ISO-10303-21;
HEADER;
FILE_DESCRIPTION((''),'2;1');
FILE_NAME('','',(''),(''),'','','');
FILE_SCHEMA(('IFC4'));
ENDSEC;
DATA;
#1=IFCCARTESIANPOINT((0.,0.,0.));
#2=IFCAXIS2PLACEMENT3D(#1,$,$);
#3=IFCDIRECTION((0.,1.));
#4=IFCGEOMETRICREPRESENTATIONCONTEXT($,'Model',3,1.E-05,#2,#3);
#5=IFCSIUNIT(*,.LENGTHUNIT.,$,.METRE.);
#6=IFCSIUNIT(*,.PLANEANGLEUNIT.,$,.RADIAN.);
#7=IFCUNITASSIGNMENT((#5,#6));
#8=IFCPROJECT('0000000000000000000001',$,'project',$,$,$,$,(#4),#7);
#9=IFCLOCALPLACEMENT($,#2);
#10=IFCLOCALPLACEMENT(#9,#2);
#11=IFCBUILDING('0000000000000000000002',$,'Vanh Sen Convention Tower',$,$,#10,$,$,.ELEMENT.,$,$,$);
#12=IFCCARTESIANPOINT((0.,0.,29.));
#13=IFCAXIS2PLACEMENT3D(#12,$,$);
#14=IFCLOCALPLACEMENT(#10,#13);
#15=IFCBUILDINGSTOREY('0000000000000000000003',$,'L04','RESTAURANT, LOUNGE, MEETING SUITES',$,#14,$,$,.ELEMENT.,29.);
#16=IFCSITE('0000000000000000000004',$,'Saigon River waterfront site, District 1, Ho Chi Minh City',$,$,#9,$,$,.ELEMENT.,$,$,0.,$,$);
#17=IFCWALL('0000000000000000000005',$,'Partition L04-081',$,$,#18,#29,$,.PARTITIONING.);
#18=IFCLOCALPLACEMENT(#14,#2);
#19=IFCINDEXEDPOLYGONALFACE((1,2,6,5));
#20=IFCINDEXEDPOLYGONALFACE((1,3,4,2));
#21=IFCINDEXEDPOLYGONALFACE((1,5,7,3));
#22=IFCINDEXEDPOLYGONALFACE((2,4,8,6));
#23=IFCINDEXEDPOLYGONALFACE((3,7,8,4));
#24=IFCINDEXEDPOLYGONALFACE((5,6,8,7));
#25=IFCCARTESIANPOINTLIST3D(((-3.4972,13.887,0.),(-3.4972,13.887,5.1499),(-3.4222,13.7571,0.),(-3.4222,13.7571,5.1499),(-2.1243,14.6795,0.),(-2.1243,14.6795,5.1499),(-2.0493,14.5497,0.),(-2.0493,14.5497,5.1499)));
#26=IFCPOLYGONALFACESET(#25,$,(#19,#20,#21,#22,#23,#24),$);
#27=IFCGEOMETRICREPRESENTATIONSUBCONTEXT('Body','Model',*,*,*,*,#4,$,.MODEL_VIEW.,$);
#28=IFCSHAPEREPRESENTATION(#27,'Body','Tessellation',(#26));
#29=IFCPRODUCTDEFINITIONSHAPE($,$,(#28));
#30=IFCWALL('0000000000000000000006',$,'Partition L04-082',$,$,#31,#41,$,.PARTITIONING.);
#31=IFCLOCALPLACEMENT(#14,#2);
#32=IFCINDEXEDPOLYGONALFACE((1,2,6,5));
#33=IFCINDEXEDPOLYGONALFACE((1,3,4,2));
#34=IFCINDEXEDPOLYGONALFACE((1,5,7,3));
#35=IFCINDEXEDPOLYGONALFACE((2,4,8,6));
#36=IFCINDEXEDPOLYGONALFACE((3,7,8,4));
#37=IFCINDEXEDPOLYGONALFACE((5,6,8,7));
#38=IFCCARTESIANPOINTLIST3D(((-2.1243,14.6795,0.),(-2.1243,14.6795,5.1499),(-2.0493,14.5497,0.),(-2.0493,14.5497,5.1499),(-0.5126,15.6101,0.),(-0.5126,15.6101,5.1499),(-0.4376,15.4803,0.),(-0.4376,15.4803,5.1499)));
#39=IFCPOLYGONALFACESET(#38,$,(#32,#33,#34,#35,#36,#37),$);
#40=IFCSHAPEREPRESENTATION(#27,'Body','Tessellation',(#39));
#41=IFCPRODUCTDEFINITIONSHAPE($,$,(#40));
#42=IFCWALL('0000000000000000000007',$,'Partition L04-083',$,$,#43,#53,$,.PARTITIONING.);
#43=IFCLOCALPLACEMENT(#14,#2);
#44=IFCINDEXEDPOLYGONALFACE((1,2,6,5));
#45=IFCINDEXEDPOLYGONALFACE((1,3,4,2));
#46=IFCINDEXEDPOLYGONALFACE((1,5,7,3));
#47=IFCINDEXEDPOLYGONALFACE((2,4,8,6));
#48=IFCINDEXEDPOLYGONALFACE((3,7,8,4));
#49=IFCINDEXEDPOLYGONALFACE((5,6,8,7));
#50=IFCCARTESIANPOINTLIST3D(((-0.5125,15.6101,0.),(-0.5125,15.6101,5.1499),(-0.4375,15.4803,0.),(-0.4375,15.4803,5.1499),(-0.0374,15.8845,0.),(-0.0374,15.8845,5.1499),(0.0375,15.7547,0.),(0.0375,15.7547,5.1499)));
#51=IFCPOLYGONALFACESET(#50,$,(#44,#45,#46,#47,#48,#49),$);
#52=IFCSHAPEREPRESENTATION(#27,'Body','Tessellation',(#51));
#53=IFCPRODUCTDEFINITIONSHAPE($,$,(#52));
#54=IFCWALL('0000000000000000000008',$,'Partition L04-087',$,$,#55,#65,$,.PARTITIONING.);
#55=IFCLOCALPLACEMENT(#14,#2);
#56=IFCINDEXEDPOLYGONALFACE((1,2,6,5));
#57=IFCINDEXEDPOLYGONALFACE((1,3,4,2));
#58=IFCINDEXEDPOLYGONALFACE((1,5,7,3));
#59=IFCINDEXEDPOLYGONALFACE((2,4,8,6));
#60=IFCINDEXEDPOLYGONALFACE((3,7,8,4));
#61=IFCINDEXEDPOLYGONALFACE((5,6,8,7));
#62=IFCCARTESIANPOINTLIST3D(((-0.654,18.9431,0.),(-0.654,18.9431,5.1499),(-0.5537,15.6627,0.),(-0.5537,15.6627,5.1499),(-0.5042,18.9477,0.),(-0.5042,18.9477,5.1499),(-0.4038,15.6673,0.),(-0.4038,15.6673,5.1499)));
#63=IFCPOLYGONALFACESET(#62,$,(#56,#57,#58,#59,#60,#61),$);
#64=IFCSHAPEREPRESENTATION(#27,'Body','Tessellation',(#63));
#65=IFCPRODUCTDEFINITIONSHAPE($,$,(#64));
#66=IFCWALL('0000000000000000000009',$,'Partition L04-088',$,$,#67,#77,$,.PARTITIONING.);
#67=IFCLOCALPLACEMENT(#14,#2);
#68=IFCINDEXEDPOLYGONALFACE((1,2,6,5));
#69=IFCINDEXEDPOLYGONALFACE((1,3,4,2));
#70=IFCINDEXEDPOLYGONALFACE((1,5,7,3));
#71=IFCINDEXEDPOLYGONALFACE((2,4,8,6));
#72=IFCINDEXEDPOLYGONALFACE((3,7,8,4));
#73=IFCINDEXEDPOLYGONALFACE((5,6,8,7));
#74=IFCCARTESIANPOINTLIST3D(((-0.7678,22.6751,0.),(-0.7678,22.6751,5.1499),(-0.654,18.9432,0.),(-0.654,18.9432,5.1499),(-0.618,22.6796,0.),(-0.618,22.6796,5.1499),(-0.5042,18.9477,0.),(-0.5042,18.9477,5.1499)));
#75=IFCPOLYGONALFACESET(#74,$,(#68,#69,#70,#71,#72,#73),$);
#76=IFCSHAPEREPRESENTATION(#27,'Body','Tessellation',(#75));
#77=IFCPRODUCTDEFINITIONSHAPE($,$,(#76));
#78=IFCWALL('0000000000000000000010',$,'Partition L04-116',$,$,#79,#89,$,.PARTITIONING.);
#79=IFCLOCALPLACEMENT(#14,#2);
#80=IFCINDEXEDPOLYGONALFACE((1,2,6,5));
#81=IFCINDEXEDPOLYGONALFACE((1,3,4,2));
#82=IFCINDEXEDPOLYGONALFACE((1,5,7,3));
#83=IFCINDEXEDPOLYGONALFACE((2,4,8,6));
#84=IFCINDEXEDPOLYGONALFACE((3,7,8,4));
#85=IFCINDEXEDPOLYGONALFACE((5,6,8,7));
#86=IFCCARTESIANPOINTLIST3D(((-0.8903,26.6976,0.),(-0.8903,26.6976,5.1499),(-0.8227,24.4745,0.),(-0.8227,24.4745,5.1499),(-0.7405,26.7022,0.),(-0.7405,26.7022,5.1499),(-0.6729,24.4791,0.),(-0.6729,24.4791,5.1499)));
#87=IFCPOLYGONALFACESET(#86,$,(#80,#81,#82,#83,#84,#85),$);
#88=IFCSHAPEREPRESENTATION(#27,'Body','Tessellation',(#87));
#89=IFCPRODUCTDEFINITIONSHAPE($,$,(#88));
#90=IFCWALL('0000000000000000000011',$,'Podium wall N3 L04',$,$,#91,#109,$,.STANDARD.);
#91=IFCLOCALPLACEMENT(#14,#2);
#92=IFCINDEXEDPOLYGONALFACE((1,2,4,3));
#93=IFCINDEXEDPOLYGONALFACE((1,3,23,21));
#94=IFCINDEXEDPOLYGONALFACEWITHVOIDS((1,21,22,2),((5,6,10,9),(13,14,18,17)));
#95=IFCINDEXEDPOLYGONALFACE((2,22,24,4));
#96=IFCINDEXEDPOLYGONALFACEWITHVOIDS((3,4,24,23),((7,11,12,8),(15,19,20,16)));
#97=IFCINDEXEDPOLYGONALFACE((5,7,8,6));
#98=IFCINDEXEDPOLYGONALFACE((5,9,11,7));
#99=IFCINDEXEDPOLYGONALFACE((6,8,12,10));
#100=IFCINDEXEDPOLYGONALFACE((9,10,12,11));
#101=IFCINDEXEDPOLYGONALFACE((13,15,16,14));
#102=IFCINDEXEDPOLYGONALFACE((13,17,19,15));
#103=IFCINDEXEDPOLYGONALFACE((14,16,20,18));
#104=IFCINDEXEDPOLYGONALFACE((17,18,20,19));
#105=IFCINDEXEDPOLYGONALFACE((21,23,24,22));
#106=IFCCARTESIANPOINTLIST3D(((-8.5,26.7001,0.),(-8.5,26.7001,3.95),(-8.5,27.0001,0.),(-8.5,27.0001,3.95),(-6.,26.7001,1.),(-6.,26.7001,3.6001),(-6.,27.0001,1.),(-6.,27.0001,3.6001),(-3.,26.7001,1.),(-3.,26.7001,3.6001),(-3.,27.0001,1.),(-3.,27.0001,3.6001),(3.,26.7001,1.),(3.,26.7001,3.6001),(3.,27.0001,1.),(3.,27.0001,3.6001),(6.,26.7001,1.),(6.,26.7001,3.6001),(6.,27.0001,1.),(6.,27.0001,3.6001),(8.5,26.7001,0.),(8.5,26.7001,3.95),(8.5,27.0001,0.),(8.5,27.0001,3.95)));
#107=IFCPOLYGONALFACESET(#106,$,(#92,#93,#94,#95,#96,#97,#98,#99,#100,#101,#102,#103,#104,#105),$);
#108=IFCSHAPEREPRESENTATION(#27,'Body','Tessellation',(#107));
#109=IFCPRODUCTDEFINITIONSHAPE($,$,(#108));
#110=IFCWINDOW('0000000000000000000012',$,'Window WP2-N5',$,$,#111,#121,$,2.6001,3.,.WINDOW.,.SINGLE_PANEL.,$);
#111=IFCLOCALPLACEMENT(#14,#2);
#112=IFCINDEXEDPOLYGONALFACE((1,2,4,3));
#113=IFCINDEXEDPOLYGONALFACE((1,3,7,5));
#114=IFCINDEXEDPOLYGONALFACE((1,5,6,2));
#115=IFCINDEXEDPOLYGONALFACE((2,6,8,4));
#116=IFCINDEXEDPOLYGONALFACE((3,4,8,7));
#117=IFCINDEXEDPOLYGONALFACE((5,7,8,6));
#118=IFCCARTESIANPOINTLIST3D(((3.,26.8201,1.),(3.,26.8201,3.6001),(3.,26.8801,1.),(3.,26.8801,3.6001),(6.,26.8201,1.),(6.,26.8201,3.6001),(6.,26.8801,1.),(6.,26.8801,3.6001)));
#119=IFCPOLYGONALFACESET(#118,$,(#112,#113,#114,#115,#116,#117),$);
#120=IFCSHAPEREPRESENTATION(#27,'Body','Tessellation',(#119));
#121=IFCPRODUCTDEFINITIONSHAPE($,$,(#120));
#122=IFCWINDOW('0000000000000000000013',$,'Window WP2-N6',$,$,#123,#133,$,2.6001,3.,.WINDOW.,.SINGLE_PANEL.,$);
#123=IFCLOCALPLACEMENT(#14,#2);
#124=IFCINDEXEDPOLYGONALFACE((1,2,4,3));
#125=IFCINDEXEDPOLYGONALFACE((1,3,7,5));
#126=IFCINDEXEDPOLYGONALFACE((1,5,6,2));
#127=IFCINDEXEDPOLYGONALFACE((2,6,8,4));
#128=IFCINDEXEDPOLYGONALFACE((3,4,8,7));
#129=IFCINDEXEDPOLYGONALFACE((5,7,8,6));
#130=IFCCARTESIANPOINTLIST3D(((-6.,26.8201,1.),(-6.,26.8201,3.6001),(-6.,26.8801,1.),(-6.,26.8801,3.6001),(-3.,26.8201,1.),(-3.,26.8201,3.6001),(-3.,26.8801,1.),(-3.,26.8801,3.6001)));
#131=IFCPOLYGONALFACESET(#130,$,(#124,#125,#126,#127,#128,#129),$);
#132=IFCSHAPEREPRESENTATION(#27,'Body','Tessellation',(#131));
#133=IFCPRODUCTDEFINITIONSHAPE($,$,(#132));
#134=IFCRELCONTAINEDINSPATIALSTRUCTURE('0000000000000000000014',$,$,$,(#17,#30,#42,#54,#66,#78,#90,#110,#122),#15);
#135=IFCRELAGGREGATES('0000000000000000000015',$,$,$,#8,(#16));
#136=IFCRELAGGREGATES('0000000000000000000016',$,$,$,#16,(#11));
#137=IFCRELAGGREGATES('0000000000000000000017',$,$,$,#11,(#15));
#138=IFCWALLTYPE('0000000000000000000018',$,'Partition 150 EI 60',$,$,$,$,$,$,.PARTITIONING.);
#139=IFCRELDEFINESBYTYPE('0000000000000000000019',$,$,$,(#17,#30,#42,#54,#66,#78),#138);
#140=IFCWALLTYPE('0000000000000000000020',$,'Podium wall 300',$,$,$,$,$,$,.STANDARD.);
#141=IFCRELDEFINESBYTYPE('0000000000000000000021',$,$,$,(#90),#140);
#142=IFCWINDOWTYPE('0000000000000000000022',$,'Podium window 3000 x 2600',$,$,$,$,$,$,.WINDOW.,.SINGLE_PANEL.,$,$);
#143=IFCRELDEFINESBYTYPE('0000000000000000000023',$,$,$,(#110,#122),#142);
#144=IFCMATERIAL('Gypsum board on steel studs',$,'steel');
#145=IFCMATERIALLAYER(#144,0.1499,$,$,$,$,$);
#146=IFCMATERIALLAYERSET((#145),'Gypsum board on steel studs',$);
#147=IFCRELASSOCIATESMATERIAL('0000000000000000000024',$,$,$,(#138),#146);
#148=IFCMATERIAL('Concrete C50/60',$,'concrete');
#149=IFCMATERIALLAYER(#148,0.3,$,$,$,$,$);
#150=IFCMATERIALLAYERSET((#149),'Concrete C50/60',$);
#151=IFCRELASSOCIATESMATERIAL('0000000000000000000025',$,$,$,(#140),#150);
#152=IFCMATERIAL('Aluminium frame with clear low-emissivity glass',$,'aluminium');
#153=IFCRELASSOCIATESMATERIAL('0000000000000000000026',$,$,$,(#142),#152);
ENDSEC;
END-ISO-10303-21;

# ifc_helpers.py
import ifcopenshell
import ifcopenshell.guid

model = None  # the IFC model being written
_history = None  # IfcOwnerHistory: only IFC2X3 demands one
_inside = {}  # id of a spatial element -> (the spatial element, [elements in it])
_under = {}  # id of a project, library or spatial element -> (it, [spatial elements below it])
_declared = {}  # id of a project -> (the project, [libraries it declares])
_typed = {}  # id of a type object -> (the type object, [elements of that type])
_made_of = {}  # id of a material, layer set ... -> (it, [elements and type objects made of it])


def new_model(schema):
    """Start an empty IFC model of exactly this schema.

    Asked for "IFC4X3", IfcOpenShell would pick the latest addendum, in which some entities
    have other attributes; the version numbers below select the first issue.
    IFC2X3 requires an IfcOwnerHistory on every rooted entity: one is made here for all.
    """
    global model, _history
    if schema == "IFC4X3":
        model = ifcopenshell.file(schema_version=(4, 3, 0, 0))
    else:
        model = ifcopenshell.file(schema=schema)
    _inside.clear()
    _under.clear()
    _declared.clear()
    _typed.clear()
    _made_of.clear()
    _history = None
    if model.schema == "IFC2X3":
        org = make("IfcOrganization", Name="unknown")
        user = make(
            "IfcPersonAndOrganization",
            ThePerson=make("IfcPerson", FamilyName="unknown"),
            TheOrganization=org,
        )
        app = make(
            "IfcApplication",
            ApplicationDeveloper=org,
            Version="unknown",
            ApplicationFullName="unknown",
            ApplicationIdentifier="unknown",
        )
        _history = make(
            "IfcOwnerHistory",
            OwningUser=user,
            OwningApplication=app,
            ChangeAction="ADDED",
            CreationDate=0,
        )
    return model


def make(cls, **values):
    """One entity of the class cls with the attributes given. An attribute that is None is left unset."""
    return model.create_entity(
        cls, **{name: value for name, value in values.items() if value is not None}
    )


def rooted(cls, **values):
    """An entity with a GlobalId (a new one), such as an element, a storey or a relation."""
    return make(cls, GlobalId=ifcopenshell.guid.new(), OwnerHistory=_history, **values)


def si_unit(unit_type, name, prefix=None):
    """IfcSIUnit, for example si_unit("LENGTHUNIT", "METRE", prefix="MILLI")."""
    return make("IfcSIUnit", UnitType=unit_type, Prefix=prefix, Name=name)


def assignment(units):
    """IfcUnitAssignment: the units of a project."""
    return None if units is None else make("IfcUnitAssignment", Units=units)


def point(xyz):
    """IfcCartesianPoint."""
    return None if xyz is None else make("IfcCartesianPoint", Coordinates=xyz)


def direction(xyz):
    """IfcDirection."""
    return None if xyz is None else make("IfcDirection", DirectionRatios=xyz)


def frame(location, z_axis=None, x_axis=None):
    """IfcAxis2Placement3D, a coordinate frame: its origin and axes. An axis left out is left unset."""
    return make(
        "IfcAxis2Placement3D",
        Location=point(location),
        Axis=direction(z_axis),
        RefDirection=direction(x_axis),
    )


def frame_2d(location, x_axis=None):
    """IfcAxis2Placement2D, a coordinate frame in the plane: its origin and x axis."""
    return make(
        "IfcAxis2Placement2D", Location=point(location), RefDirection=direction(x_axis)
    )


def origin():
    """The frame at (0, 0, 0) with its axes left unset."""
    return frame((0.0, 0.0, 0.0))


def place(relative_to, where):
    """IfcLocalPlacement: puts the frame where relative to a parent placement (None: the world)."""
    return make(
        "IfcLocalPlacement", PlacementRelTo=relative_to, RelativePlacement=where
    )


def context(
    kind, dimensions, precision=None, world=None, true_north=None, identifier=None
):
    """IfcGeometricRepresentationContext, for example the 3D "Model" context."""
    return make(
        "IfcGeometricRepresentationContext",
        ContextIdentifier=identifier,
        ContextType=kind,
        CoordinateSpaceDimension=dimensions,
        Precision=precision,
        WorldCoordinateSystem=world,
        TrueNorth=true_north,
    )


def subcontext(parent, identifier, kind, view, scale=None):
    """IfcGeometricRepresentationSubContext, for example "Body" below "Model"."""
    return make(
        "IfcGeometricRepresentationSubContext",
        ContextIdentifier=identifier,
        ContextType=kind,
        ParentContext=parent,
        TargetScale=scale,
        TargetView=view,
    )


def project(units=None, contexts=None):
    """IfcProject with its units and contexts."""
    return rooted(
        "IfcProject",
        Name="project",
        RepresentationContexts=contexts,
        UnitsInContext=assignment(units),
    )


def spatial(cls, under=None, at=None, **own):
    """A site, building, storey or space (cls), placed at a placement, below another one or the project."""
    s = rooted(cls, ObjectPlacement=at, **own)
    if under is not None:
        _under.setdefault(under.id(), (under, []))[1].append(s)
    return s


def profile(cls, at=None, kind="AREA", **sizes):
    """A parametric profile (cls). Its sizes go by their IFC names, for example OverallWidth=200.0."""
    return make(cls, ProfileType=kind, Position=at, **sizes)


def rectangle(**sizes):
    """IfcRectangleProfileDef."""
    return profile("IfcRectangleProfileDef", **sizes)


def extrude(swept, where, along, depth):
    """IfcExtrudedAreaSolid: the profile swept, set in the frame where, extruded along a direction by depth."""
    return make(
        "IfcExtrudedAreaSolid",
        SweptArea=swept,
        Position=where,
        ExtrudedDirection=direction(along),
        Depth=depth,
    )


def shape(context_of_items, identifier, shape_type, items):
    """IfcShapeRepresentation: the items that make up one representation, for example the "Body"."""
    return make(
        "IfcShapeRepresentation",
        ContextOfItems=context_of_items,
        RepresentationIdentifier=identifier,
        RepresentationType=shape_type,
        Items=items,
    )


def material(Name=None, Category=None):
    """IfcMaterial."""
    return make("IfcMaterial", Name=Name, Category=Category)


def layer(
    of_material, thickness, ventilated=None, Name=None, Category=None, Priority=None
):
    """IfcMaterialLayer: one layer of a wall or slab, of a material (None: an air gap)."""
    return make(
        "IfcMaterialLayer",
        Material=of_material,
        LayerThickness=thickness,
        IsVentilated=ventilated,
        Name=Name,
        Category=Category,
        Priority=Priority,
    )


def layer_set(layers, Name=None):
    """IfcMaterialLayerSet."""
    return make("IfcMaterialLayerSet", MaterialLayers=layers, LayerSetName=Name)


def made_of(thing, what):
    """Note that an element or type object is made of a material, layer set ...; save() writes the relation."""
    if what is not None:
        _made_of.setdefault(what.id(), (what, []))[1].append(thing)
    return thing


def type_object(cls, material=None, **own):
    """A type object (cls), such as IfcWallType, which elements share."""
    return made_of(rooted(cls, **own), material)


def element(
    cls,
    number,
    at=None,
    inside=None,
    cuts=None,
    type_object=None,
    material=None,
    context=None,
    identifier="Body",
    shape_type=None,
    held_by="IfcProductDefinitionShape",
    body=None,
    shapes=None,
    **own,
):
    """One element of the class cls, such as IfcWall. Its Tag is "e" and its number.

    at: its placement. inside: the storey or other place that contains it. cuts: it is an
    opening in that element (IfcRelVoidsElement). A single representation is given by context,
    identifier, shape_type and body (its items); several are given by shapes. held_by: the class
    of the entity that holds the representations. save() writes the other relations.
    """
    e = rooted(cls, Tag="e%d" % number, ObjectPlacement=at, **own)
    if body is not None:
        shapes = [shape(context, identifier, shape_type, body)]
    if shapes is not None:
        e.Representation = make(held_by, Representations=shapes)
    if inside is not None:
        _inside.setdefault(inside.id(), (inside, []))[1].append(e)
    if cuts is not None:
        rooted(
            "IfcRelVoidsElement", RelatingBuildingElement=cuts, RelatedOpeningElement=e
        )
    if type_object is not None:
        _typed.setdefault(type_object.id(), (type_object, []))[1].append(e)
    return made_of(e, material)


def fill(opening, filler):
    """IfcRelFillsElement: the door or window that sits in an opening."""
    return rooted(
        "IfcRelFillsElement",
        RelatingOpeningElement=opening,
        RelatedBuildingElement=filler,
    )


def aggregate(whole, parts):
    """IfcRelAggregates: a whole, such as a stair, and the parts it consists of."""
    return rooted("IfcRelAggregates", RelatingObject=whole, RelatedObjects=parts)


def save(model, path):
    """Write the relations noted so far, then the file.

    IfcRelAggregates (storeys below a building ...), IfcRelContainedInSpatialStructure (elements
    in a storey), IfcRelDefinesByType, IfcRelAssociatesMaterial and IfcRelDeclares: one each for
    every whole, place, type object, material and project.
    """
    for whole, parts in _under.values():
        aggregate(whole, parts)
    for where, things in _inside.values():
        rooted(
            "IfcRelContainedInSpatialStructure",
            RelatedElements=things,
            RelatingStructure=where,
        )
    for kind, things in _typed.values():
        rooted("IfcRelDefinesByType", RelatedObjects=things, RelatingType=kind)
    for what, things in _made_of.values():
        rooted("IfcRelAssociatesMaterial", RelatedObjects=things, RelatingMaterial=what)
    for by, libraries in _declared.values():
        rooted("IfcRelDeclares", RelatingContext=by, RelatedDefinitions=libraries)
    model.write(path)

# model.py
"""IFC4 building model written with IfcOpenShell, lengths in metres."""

from ifc_helpers import new_model, si_unit, direction, frame, frame_2d, origin, place, context, subcontext, project, spatial, rectangle, extrude, material, layer, layer_set, type_object, element, fill, save


model = new_model("IFC4")

# Units and contexts
model_context = context("Model", 3, precision=1e-05, world=origin(), true_north=direction((0.0, 1.0)))
body_context = subcontext(model_context, "Body", "Model", "MODEL_VIEW")
ifc_project = project(units=[si_unit("LENGTHUNIT", "METRE"), si_unit("PLANEANGLEUNIT", "RADIAN")], contexts=[model_context])

# Site, building, storey
site_placement = place(None, origin())
site = spatial("IfcSite", under=ifc_project, at=site_placement, Name="Saigon River waterfront site, District 1, Ho Chi Minh City", CompositionType="ELEMENT", RefElevation=0.0)
building_placement = place(site_placement, origin())
building = spatial("IfcBuilding", under=site, at=building_placement, Name="Vanh Sen Convention Tower", CompositionType="ELEMENT")
storey_placement = place(building_placement, frame((0.0, 0.0, 29.0)))
storey = spatial("IfcBuildingStorey", under=building, at=storey_placement, Name="L04", Description="RESTAURANT, LOUNGE, MEETING SUITES", CompositionType="ELEMENT", Elevation=29.0)

# Shared definitions
ifc_material_1 = material(Name="Gypsum board on steel studs", Category="steel")
ifc_layer_1 = layer(ifc_material_1, 0.1499)
ifc_layer_set_1 = layer_set([ifc_layer_1], Name="Gypsum board on steel studs")
wall_type_1 = type_object("IfcWallType", Name="Partition 150 EI 60", PredefinedType="PARTITIONING", material=ifc_layer_set_1)

# Walls
wall_1_placement = place(storey_placement, frame((-2.0869, 14.6145, 0.0), z_axis=(0.0, 0.0, 1.0), x_axis=(-0.866055, -0.499949, 0.0)))
element("IfcWall", 1, at=wall_1_placement, inside=storey, type_object=wall_type_1, Name="Partition L04-081", PredefinedType="PARTITIONING", context=body_context, shape_type="SweptSolid", body=[
    extrude(rectangle(XDim=1.5852, YDim=0.1499, at=frame_2d((0.7925, 0.0))), origin(), (0.0, 0.0, 1.0), 5.1499),
])
wall_2_placement = place(storey_placement, frame((-2.0869, 14.6145, 0.0), z_axis=(0.0, 0.0, 1.0), x_axis=(0.866006, 0.500033, 0.0)))
element("IfcWall", 2, at=wall_2_placement, inside=storey, type_object=wall_type_1, Name="Partition L04-082", PredefinedType="PARTITIONING", context=body_context, shape_type="SweptSolid", body=[
    extrude(rectangle(XDim=1.8611, YDim=0.1499, at=frame_2d((0.9307, 0.0))), origin(), (0.0, 0.0, 1.0), 5.1499),
])
wall_3_placement = place(storey_placement, frame((-0.4751, 15.5452, 0.0), z_axis=(0.0, 0.0, 1.0), x_axis=(0.865934, 0.500159, 0.0)))
element("IfcWall", 3, at=wall_3_placement, inside=storey, type_object=wall_type_1, Name="Partition L04-083", PredefinedType="PARTITIONING", context=body_context, shape_type="SweptSolid", body=[
    extrude(rectangle(XDim=0.5486, YDim=0.1499, at=frame_2d((0.2744, 0.0))), origin(), (0.0, 0.0, 1.0), 5.1499),
])
wall_4_placement = place(storey_placement, frame((-0.5791, 18.9456, 0.0), z_axis=(0.0, 0.0, 1.0), x_axis=(0.030573, -0.999533, 0.0)))
element("IfcWall", 4, at=wall_4_placement, inside=storey, type_object=wall_type_1, Name="Partition L04-087", PredefinedType="PARTITIONING", context=body_context, shape_type="SweptSolid", body=[
    extrude(rectangle(XDim=3.282, YDim=0.1499, at=frame_2d((1.6411, 0.0))), origin(), (0.0, 0.0, 1.0), 5.1499),
])
wall_5_placement = place(storey_placement, frame((-0.5791, 18.9456, 0.0), z_axis=(0.0, 0.0, 1.0), x_axis=(-0.030471, 0.999536, 0.0)))
element("IfcWall", 5, at=wall_5_placement, inside=storey, type_object=wall_type_1, Name="Partition L04-088", PredefinedType="PARTITIONING", context=body_context, shape_type="SweptSolid", body=[
    extrude(rectangle(XDim=3.7336, YDim=0.1499, at=frame_2d((1.8667, 0.0))), origin(), (0.0, 0.0, 1.0), 5.1499),
])
wall_6_placement = place(storey_placement, frame((-0.7478, 24.4768, 0.0), z_axis=(0.0, 0.0, 1.0), x_axis=(-0.030405, 0.999538, 0.0)))
element("IfcWall", 6, at=wall_6_placement, inside=storey, type_object=wall_type_1, Name="Partition L04-116", PredefinedType="PARTITIONING", context=body_context, shape_type="SweptSolid", body=[
    extrude(rectangle(XDim=2.2241, YDim=0.1499, at=frame_2d((1.1121, 0.0))), origin(), (0.0, 0.0, 1.0), 5.1499),
])

# Wall, openings, windows
ifc_material_2 = material(Name="Concrete C50/60", Category="concrete")
ifc_layer_2 = layer(ifc_material_2, 0.3)
ifc_layer_set_2 = layer_set([ifc_layer_2], Name="Concrete C50/60")
wall_type_2 = type_object("IfcWallType", Name="Podium wall 300", PredefinedType="STANDARD", material=ifc_layer_set_2)
wall_7_placement = place(storey_placement, frame((8.5, 26.8501, 0.0), z_axis=(0.0, 0.0, 1.0), x_axis=(-1.0, 0.0, 0.0)))
wall_7 = element("IfcWall", 7, at=wall_7_placement, inside=storey, type_object=wall_type_2, Name="Podium wall N3 L04", PredefinedType="STANDARD", context=body_context, shape_type="SweptSolid", body=[
    extrude(rectangle(XDim=17.0, YDim=0.3, at=frame_2d((8.5, 0.0))), origin(), (0.0, 0.0, 1.0), 3.95),
])
opening_1_placement = place(wall_7_placement, frame((2.5, 0.0, 1.0)))
opening_1 = element("IfcOpeningElement", 8, at=opening_1_placement, cuts=wall_7, PredefinedType="OPENING", context=body_context, shape_type="SweptSolid", body=[
    extrude(rectangle(XDim=3.0, YDim=2.6001, at=frame_2d((1.5, 1.3))), frame((0.0, 0.1599, 0.0), z_axis=(0.0, -1.0, 0.0), x_axis=(1.0, 0.0, 0.0)), (0.0, 0.0, 1.0), 0.3201),
])
opening_2_placement = place(wall_7_placement, frame((11.5, 0.0, 1.0)))
opening_2 = element("IfcOpeningElement", 9, at=opening_2_placement, cuts=wall_7, PredefinedType="OPENING", context=body_context, shape_type="SweptSolid", body=[
    extrude(rectangle(XDim=3.0, YDim=2.6001, at=frame_2d((1.5, 1.3))), frame((0.0, 0.1599, 0.0), z_axis=(0.0, -1.0, 0.0), x_axis=(1.0, 0.0, 0.0)), (0.0, 0.0, 1.0), 0.3201),
])
ifc_material_3 = material(Name="Aluminium frame with clear low-emissivity glass", Category="aluminium")
window_type = type_object("IfcWindowType", Name="Podium window 3000 x 2600", PartitioningType="SINGLE_PANEL", PredefinedType="WINDOW", material=ifc_material_3)
window_1_placement = place(opening_1_placement, origin())
window_1 = element("IfcWindow", 10, at=window_1_placement, inside=storey, type_object=window_type, Name="Window WP2-N5", OverallHeight=2.6001, OverallWidth=3.0, PartitioningType="SINGLE_PANEL", PredefinedType="WINDOW", context=body_context, shape_type="SweptSolid", body=[
    extrude(rectangle(XDim=3.0, YDim=2.6001, at=frame_2d((1.5, 1.3))), frame((0.0, 0.03, 0.0), z_axis=(0.0, -1.0, 0.0), x_axis=(1.0, 0.0, 0.0)), (0.0, 0.0, 1.0), 0.0601),
])
fill(opening_1, window_1)
window_2_placement = place(opening_2_placement, origin())
window_2 = element("IfcWindow", 11, at=window_2_placement, inside=storey, type_object=window_type, Name="Window WP2-N6", OverallHeight=2.6001, OverallWidth=3.0, PartitioningType="SINGLE_PANEL", PredefinedType="WINDOW", context=body_context, shape_type="SweptSolid", body=[
    extrude(rectangle(XDim=3.0, YDim=2.6001, at=frame_2d((1.5, 1.3))), frame((0.0, 0.03, 0.0), z_axis=(0.0, -1.0, 0.0), x_axis=(1.0, 0.0, 0.0)), (0.0, 0.0, 1.0), 0.0601),
])
fill(opening_2, window_2)

save(model, "model.ifc")
